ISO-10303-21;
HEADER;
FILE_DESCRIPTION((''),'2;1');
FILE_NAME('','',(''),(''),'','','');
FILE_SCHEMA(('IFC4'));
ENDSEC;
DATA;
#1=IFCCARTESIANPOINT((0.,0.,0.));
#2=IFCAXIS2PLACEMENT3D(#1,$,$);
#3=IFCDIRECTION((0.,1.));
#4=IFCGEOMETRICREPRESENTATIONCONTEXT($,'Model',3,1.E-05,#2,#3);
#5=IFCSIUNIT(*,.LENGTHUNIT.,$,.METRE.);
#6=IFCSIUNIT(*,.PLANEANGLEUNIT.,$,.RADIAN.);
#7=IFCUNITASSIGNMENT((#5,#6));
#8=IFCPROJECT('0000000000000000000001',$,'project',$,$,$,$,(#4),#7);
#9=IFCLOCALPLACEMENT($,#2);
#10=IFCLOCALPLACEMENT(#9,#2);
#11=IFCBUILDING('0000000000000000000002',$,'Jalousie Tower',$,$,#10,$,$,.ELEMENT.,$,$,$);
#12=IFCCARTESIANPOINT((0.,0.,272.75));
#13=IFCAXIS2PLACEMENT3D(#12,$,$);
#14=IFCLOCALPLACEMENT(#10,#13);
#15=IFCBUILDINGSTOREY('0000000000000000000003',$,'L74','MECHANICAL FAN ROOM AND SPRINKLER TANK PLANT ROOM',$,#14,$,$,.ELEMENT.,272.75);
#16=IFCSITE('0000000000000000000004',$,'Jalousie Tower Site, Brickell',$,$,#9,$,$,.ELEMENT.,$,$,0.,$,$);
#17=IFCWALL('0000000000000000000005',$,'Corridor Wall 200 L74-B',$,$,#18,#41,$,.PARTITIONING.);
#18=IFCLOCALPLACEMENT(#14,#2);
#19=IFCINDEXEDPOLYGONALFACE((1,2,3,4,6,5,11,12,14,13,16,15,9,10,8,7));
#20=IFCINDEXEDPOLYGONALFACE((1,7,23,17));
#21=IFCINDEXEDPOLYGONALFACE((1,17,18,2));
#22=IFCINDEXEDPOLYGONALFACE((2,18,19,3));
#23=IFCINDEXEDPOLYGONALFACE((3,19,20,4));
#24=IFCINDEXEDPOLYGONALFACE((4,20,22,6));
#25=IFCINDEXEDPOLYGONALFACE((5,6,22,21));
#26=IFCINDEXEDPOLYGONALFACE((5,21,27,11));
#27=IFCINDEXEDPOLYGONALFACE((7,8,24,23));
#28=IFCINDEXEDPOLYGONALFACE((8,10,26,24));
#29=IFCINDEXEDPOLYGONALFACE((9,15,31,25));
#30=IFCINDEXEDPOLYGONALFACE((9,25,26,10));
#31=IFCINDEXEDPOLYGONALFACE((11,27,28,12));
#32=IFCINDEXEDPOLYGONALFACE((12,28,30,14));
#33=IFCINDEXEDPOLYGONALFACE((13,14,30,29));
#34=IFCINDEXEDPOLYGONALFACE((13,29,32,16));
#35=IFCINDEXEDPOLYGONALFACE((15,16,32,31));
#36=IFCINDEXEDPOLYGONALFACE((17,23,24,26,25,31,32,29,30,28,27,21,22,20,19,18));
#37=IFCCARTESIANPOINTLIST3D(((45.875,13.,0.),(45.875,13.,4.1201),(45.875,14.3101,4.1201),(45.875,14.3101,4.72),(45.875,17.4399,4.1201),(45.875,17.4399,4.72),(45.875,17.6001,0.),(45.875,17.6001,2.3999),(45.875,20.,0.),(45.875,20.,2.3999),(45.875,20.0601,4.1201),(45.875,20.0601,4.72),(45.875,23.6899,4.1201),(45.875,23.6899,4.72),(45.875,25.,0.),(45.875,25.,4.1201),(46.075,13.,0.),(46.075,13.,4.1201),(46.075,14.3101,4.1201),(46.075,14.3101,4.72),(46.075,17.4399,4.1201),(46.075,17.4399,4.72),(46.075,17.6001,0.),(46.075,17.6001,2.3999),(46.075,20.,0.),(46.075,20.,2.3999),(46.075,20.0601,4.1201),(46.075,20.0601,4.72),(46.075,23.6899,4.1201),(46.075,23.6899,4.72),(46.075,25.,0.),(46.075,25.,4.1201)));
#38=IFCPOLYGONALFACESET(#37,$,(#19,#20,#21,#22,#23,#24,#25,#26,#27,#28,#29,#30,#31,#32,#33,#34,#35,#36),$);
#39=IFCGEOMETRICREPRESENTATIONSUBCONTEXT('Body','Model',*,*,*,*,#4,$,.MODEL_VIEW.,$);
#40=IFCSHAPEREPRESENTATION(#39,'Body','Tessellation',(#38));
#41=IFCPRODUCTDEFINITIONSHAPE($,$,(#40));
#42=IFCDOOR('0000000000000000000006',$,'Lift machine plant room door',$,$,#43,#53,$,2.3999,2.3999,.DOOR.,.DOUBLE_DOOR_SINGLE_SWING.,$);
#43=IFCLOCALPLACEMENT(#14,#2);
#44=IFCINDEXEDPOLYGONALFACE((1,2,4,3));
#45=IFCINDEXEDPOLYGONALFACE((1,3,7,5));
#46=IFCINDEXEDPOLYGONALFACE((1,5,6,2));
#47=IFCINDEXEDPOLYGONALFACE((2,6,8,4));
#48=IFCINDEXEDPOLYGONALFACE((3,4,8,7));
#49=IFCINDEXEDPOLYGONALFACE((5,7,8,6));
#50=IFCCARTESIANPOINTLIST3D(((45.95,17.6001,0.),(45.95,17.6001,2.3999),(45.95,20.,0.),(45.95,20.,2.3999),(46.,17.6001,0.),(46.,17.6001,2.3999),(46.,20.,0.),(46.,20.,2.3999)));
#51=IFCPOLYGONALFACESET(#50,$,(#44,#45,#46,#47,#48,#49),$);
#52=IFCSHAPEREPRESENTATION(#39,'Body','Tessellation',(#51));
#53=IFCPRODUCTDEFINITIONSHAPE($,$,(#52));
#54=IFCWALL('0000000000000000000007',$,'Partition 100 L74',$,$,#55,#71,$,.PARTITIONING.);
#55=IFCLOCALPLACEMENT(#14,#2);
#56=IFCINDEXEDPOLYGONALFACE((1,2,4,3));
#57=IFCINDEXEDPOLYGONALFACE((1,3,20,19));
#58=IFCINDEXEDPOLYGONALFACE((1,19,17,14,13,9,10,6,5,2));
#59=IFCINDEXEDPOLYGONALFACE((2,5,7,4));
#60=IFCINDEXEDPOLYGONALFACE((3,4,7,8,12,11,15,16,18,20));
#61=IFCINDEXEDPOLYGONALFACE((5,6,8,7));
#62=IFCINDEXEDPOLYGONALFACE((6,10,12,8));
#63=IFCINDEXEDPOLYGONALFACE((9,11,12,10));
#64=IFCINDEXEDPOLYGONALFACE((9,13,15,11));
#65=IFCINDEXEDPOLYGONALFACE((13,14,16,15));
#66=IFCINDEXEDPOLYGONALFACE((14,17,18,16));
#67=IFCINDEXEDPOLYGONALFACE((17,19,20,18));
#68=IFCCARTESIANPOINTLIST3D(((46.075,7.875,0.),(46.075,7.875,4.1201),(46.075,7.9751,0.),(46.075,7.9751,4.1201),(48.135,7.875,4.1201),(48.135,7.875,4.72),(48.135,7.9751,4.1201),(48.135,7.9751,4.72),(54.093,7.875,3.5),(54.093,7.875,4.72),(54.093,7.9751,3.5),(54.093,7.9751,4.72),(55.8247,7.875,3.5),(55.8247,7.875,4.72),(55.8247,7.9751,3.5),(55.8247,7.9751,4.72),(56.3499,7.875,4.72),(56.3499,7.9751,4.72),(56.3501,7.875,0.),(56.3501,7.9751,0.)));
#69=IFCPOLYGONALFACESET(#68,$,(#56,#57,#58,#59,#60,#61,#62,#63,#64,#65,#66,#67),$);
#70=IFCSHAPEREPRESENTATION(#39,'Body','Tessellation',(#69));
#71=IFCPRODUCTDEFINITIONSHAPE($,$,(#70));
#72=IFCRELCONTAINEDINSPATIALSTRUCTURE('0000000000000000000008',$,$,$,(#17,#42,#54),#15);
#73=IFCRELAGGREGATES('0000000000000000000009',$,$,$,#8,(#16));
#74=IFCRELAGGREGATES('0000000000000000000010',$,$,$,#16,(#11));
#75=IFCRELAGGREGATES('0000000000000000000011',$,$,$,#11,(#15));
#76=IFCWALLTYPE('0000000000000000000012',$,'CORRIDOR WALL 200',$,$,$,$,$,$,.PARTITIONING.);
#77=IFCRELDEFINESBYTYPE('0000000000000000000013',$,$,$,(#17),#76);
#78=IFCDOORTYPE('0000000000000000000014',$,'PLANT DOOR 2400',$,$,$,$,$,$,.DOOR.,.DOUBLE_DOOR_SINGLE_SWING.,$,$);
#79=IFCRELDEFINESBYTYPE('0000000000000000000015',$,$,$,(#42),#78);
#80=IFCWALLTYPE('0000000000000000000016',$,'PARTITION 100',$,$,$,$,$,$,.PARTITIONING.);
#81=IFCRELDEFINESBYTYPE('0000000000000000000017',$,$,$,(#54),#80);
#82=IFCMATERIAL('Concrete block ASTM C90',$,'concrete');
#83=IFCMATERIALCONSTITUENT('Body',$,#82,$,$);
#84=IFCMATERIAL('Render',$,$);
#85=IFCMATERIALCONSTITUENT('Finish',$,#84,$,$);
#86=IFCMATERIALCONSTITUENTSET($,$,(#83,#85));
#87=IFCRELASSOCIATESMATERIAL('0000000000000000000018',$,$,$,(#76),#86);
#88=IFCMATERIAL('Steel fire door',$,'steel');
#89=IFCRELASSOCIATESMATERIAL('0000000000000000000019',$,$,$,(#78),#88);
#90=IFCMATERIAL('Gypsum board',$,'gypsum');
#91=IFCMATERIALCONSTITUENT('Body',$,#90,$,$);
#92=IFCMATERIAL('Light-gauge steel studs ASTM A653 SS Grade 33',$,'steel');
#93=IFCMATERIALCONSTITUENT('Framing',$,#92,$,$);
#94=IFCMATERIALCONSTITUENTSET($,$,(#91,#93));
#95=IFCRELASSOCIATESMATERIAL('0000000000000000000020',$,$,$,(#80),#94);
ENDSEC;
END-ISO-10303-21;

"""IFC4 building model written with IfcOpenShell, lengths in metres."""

from ifc_helpers import new_model, si_unit, direction, frame, frame_2d, origin, place, context, subcontext, project, spatial, polyline, rectangle, outline, extrude, material, constituent, constituent_set, type_object, element, fill, save


model = new_model("IFC4")

# Units and contexts
model_context = context("Model", 3, precision=1e-05, world=origin(), true_north=direction((0.0, 1.0)))
body_context = subcontext(model_context, "Body", "Model", "MODEL_VIEW")
ifc_project = project(units=[si_unit("LENGTHUNIT", "METRE"), si_unit("PLANEANGLEUNIT", "RADIAN")], contexts=[model_context])

# Site, building, storey
site_placement = place(None, origin())
site = spatial("IfcSite", under=ifc_project, at=site_placement, Name="Jalousie Tower Site, Brickell", CompositionType="ELEMENT", RefElevation=0.0)
building_placement = place(site_placement, origin())
building = spatial("IfcBuilding", under=site, at=building_placement, Name="Jalousie Tower", CompositionType="ELEMENT")
storey_placement = place(building_placement, frame((0.0, 0.0, 272.75)))
storey = spatial("IfcBuildingStorey", under=building, at=storey_placement, Name="L74", Description="MECHANICAL FAN ROOM AND SPRINKLER TANK PLANT ROOM", CompositionType="ELEMENT", Elevation=272.75)

# Shared definitions
ifc_material_1 = material(Name="Concrete block ASTM C90", Category="concrete")
ifc_constituent_1 = constituent(ifc_material_1, Name="Body")
ifc_material_2 = material(Name="Render")
ifc_constituent_2 = constituent(ifc_material_2, Name="Finish")
ifc_constituent_set_1 = constituent_set(constituents=[ifc_constituent_1, ifc_constituent_2])
wall_type_1 = type_object("IfcWallType", Name="CORRIDOR WALL 200", PredefinedType="PARTITIONING", material=ifc_constituent_set_1)

# Wall, opening, door
wall_1_placement = place(storey_placement, frame((45.9751, 13.0, 0.0), z_axis=(0.0, 0.0, 1.0), x_axis=(0.0, 1.0, 0.0)))
wall_1 = element("IfcWall", 1, at=wall_1_placement, inside=storey, type_object=wall_type_1, Name="Corridor Wall 200 L74-B", PredefinedType="PARTITIONING", context=body_context, shape_type="SweptSolid", body=[
    extrude(outline(polyline([(0.0, 0.0), (12.0, 0.0), (12.0, 4.1201), (10.6899, 4.1201), (10.6899, 4.72), (7.0601, 4.72), (7.0601, 4.1201), (4.4399, 4.1201), (4.4399, 4.72), (1.3101, 4.72), (1.3101, 4.1201), (0.0, 4.1201), (0.0, 0.0)])), frame((0.0, 0.1001, 0.0), z_axis=(0.0, -1.0, 0.0), x_axis=(1.0, 0.0, 0.0)), (0.0, 0.0, 1.0), 0.2),
])
opening_1_placement = place(wall_1_placement, frame((4.6001, 0.0, 0.0)))
opening_1 = element("IfcOpeningElement", 2, at=opening_1_placement, cuts=wall_1, PredefinedType="OPENING", context=body_context, shape_type="SweptSolid", body=[
    extrude(rectangle(XDim=2.3999, YDim=2.3999, at=frame_2d((1.2, 1.2))), frame((0.0, 0.1099, 0.0), z_axis=(0.0, -1.0, 0.0), x_axis=(1.0, 0.0, 0.0)), (0.0, 0.0, 1.0), 0.22),
])
ifc_material_3 = material(Name="Steel fire door", Category="steel")
door_type_1 = type_object("IfcDoorType", Name="PLANT DOOR 2400", OperationType="DOUBLE_DOOR_SINGLE_SWING", PredefinedType="DOOR", material=ifc_material_3)
door_1_placement = place(opening_1_placement, frame((2.3999, 0.0, 0.0), z_axis=(0.0, 0.0, 1.0), x_axis=(-1.0, 0.0, 0.0)))
door_1 = element("IfcDoor", 3, at=door_1_placement, inside=storey, type_object=door_type_1, Name="Lift machine plant room door", OperationType="DOUBLE_DOOR_SINGLE_SWING", OverallHeight=2.3999, OverallWidth=2.3999, PredefinedType="DOOR", context=body_context, shape_type="SweptSolid", body=[
    extrude(rectangle(XDim=2.3999, YDim=2.3999, at=frame_2d((1.2, 1.2))), frame((0.0, 0.0249, 0.0), z_axis=(0.0, -1.0, 0.0), x_axis=(1.0, 0.0, 0.0)), (0.0, 0.0, 1.0), 0.05),
])
fill(opening_1, door_1)

# Wall
ifc_material_4 = material(Name="Gypsum board", Category="gypsum")
ifc_constituent_3 = constituent(ifc_material_4, Name="Body")
ifc_material_5 = material(Name="Light-gauge steel studs ASTM A653 SS Grade 33", Category="steel")
ifc_constituent_4 = constituent(ifc_material_5, Name="Framing")
ifc_constituent_set_2 = constituent_set(constituents=[ifc_constituent_3, ifc_constituent_4])
wall_type_2 = type_object("IfcWallType", Name="PARTITION 100", PredefinedType="PARTITIONING", material=ifc_constituent_set_2)
wall_2_placement = place(storey_placement, frame((46.075, 7.925, 0.0), z_axis=(0.0, 0.0, 1.0), x_axis=(1.0, 0.0, 0.0)))
element("IfcWall", 4, at=wall_2_placement, inside=storey, type_object=wall_type_2, Name="Partition 100 L74", PredefinedType="PARTITIONING", context=body_context, shape_type="SweptSolid", body=[
    extrude(outline(polyline([(0.0, 0.0), (10.2751, 0.0), (10.2749, 4.72), (9.7498, 4.72), (9.7498, 3.5), (8.0181, 3.5), (8.0181, 4.72), (2.0601, 4.72), (2.0601, 4.1201), (0.0, 4.1201), (0.0, 4.72), (0.0, 0.0)])), frame((0.0, 0.05, 0.0), z_axis=(0.0, -1.0, 0.0), x_axis=(1.0, 0.0, 0.0)), (0.0, 0.0, 1.0), 0.1001),
])

save(model, "model.ifc")
